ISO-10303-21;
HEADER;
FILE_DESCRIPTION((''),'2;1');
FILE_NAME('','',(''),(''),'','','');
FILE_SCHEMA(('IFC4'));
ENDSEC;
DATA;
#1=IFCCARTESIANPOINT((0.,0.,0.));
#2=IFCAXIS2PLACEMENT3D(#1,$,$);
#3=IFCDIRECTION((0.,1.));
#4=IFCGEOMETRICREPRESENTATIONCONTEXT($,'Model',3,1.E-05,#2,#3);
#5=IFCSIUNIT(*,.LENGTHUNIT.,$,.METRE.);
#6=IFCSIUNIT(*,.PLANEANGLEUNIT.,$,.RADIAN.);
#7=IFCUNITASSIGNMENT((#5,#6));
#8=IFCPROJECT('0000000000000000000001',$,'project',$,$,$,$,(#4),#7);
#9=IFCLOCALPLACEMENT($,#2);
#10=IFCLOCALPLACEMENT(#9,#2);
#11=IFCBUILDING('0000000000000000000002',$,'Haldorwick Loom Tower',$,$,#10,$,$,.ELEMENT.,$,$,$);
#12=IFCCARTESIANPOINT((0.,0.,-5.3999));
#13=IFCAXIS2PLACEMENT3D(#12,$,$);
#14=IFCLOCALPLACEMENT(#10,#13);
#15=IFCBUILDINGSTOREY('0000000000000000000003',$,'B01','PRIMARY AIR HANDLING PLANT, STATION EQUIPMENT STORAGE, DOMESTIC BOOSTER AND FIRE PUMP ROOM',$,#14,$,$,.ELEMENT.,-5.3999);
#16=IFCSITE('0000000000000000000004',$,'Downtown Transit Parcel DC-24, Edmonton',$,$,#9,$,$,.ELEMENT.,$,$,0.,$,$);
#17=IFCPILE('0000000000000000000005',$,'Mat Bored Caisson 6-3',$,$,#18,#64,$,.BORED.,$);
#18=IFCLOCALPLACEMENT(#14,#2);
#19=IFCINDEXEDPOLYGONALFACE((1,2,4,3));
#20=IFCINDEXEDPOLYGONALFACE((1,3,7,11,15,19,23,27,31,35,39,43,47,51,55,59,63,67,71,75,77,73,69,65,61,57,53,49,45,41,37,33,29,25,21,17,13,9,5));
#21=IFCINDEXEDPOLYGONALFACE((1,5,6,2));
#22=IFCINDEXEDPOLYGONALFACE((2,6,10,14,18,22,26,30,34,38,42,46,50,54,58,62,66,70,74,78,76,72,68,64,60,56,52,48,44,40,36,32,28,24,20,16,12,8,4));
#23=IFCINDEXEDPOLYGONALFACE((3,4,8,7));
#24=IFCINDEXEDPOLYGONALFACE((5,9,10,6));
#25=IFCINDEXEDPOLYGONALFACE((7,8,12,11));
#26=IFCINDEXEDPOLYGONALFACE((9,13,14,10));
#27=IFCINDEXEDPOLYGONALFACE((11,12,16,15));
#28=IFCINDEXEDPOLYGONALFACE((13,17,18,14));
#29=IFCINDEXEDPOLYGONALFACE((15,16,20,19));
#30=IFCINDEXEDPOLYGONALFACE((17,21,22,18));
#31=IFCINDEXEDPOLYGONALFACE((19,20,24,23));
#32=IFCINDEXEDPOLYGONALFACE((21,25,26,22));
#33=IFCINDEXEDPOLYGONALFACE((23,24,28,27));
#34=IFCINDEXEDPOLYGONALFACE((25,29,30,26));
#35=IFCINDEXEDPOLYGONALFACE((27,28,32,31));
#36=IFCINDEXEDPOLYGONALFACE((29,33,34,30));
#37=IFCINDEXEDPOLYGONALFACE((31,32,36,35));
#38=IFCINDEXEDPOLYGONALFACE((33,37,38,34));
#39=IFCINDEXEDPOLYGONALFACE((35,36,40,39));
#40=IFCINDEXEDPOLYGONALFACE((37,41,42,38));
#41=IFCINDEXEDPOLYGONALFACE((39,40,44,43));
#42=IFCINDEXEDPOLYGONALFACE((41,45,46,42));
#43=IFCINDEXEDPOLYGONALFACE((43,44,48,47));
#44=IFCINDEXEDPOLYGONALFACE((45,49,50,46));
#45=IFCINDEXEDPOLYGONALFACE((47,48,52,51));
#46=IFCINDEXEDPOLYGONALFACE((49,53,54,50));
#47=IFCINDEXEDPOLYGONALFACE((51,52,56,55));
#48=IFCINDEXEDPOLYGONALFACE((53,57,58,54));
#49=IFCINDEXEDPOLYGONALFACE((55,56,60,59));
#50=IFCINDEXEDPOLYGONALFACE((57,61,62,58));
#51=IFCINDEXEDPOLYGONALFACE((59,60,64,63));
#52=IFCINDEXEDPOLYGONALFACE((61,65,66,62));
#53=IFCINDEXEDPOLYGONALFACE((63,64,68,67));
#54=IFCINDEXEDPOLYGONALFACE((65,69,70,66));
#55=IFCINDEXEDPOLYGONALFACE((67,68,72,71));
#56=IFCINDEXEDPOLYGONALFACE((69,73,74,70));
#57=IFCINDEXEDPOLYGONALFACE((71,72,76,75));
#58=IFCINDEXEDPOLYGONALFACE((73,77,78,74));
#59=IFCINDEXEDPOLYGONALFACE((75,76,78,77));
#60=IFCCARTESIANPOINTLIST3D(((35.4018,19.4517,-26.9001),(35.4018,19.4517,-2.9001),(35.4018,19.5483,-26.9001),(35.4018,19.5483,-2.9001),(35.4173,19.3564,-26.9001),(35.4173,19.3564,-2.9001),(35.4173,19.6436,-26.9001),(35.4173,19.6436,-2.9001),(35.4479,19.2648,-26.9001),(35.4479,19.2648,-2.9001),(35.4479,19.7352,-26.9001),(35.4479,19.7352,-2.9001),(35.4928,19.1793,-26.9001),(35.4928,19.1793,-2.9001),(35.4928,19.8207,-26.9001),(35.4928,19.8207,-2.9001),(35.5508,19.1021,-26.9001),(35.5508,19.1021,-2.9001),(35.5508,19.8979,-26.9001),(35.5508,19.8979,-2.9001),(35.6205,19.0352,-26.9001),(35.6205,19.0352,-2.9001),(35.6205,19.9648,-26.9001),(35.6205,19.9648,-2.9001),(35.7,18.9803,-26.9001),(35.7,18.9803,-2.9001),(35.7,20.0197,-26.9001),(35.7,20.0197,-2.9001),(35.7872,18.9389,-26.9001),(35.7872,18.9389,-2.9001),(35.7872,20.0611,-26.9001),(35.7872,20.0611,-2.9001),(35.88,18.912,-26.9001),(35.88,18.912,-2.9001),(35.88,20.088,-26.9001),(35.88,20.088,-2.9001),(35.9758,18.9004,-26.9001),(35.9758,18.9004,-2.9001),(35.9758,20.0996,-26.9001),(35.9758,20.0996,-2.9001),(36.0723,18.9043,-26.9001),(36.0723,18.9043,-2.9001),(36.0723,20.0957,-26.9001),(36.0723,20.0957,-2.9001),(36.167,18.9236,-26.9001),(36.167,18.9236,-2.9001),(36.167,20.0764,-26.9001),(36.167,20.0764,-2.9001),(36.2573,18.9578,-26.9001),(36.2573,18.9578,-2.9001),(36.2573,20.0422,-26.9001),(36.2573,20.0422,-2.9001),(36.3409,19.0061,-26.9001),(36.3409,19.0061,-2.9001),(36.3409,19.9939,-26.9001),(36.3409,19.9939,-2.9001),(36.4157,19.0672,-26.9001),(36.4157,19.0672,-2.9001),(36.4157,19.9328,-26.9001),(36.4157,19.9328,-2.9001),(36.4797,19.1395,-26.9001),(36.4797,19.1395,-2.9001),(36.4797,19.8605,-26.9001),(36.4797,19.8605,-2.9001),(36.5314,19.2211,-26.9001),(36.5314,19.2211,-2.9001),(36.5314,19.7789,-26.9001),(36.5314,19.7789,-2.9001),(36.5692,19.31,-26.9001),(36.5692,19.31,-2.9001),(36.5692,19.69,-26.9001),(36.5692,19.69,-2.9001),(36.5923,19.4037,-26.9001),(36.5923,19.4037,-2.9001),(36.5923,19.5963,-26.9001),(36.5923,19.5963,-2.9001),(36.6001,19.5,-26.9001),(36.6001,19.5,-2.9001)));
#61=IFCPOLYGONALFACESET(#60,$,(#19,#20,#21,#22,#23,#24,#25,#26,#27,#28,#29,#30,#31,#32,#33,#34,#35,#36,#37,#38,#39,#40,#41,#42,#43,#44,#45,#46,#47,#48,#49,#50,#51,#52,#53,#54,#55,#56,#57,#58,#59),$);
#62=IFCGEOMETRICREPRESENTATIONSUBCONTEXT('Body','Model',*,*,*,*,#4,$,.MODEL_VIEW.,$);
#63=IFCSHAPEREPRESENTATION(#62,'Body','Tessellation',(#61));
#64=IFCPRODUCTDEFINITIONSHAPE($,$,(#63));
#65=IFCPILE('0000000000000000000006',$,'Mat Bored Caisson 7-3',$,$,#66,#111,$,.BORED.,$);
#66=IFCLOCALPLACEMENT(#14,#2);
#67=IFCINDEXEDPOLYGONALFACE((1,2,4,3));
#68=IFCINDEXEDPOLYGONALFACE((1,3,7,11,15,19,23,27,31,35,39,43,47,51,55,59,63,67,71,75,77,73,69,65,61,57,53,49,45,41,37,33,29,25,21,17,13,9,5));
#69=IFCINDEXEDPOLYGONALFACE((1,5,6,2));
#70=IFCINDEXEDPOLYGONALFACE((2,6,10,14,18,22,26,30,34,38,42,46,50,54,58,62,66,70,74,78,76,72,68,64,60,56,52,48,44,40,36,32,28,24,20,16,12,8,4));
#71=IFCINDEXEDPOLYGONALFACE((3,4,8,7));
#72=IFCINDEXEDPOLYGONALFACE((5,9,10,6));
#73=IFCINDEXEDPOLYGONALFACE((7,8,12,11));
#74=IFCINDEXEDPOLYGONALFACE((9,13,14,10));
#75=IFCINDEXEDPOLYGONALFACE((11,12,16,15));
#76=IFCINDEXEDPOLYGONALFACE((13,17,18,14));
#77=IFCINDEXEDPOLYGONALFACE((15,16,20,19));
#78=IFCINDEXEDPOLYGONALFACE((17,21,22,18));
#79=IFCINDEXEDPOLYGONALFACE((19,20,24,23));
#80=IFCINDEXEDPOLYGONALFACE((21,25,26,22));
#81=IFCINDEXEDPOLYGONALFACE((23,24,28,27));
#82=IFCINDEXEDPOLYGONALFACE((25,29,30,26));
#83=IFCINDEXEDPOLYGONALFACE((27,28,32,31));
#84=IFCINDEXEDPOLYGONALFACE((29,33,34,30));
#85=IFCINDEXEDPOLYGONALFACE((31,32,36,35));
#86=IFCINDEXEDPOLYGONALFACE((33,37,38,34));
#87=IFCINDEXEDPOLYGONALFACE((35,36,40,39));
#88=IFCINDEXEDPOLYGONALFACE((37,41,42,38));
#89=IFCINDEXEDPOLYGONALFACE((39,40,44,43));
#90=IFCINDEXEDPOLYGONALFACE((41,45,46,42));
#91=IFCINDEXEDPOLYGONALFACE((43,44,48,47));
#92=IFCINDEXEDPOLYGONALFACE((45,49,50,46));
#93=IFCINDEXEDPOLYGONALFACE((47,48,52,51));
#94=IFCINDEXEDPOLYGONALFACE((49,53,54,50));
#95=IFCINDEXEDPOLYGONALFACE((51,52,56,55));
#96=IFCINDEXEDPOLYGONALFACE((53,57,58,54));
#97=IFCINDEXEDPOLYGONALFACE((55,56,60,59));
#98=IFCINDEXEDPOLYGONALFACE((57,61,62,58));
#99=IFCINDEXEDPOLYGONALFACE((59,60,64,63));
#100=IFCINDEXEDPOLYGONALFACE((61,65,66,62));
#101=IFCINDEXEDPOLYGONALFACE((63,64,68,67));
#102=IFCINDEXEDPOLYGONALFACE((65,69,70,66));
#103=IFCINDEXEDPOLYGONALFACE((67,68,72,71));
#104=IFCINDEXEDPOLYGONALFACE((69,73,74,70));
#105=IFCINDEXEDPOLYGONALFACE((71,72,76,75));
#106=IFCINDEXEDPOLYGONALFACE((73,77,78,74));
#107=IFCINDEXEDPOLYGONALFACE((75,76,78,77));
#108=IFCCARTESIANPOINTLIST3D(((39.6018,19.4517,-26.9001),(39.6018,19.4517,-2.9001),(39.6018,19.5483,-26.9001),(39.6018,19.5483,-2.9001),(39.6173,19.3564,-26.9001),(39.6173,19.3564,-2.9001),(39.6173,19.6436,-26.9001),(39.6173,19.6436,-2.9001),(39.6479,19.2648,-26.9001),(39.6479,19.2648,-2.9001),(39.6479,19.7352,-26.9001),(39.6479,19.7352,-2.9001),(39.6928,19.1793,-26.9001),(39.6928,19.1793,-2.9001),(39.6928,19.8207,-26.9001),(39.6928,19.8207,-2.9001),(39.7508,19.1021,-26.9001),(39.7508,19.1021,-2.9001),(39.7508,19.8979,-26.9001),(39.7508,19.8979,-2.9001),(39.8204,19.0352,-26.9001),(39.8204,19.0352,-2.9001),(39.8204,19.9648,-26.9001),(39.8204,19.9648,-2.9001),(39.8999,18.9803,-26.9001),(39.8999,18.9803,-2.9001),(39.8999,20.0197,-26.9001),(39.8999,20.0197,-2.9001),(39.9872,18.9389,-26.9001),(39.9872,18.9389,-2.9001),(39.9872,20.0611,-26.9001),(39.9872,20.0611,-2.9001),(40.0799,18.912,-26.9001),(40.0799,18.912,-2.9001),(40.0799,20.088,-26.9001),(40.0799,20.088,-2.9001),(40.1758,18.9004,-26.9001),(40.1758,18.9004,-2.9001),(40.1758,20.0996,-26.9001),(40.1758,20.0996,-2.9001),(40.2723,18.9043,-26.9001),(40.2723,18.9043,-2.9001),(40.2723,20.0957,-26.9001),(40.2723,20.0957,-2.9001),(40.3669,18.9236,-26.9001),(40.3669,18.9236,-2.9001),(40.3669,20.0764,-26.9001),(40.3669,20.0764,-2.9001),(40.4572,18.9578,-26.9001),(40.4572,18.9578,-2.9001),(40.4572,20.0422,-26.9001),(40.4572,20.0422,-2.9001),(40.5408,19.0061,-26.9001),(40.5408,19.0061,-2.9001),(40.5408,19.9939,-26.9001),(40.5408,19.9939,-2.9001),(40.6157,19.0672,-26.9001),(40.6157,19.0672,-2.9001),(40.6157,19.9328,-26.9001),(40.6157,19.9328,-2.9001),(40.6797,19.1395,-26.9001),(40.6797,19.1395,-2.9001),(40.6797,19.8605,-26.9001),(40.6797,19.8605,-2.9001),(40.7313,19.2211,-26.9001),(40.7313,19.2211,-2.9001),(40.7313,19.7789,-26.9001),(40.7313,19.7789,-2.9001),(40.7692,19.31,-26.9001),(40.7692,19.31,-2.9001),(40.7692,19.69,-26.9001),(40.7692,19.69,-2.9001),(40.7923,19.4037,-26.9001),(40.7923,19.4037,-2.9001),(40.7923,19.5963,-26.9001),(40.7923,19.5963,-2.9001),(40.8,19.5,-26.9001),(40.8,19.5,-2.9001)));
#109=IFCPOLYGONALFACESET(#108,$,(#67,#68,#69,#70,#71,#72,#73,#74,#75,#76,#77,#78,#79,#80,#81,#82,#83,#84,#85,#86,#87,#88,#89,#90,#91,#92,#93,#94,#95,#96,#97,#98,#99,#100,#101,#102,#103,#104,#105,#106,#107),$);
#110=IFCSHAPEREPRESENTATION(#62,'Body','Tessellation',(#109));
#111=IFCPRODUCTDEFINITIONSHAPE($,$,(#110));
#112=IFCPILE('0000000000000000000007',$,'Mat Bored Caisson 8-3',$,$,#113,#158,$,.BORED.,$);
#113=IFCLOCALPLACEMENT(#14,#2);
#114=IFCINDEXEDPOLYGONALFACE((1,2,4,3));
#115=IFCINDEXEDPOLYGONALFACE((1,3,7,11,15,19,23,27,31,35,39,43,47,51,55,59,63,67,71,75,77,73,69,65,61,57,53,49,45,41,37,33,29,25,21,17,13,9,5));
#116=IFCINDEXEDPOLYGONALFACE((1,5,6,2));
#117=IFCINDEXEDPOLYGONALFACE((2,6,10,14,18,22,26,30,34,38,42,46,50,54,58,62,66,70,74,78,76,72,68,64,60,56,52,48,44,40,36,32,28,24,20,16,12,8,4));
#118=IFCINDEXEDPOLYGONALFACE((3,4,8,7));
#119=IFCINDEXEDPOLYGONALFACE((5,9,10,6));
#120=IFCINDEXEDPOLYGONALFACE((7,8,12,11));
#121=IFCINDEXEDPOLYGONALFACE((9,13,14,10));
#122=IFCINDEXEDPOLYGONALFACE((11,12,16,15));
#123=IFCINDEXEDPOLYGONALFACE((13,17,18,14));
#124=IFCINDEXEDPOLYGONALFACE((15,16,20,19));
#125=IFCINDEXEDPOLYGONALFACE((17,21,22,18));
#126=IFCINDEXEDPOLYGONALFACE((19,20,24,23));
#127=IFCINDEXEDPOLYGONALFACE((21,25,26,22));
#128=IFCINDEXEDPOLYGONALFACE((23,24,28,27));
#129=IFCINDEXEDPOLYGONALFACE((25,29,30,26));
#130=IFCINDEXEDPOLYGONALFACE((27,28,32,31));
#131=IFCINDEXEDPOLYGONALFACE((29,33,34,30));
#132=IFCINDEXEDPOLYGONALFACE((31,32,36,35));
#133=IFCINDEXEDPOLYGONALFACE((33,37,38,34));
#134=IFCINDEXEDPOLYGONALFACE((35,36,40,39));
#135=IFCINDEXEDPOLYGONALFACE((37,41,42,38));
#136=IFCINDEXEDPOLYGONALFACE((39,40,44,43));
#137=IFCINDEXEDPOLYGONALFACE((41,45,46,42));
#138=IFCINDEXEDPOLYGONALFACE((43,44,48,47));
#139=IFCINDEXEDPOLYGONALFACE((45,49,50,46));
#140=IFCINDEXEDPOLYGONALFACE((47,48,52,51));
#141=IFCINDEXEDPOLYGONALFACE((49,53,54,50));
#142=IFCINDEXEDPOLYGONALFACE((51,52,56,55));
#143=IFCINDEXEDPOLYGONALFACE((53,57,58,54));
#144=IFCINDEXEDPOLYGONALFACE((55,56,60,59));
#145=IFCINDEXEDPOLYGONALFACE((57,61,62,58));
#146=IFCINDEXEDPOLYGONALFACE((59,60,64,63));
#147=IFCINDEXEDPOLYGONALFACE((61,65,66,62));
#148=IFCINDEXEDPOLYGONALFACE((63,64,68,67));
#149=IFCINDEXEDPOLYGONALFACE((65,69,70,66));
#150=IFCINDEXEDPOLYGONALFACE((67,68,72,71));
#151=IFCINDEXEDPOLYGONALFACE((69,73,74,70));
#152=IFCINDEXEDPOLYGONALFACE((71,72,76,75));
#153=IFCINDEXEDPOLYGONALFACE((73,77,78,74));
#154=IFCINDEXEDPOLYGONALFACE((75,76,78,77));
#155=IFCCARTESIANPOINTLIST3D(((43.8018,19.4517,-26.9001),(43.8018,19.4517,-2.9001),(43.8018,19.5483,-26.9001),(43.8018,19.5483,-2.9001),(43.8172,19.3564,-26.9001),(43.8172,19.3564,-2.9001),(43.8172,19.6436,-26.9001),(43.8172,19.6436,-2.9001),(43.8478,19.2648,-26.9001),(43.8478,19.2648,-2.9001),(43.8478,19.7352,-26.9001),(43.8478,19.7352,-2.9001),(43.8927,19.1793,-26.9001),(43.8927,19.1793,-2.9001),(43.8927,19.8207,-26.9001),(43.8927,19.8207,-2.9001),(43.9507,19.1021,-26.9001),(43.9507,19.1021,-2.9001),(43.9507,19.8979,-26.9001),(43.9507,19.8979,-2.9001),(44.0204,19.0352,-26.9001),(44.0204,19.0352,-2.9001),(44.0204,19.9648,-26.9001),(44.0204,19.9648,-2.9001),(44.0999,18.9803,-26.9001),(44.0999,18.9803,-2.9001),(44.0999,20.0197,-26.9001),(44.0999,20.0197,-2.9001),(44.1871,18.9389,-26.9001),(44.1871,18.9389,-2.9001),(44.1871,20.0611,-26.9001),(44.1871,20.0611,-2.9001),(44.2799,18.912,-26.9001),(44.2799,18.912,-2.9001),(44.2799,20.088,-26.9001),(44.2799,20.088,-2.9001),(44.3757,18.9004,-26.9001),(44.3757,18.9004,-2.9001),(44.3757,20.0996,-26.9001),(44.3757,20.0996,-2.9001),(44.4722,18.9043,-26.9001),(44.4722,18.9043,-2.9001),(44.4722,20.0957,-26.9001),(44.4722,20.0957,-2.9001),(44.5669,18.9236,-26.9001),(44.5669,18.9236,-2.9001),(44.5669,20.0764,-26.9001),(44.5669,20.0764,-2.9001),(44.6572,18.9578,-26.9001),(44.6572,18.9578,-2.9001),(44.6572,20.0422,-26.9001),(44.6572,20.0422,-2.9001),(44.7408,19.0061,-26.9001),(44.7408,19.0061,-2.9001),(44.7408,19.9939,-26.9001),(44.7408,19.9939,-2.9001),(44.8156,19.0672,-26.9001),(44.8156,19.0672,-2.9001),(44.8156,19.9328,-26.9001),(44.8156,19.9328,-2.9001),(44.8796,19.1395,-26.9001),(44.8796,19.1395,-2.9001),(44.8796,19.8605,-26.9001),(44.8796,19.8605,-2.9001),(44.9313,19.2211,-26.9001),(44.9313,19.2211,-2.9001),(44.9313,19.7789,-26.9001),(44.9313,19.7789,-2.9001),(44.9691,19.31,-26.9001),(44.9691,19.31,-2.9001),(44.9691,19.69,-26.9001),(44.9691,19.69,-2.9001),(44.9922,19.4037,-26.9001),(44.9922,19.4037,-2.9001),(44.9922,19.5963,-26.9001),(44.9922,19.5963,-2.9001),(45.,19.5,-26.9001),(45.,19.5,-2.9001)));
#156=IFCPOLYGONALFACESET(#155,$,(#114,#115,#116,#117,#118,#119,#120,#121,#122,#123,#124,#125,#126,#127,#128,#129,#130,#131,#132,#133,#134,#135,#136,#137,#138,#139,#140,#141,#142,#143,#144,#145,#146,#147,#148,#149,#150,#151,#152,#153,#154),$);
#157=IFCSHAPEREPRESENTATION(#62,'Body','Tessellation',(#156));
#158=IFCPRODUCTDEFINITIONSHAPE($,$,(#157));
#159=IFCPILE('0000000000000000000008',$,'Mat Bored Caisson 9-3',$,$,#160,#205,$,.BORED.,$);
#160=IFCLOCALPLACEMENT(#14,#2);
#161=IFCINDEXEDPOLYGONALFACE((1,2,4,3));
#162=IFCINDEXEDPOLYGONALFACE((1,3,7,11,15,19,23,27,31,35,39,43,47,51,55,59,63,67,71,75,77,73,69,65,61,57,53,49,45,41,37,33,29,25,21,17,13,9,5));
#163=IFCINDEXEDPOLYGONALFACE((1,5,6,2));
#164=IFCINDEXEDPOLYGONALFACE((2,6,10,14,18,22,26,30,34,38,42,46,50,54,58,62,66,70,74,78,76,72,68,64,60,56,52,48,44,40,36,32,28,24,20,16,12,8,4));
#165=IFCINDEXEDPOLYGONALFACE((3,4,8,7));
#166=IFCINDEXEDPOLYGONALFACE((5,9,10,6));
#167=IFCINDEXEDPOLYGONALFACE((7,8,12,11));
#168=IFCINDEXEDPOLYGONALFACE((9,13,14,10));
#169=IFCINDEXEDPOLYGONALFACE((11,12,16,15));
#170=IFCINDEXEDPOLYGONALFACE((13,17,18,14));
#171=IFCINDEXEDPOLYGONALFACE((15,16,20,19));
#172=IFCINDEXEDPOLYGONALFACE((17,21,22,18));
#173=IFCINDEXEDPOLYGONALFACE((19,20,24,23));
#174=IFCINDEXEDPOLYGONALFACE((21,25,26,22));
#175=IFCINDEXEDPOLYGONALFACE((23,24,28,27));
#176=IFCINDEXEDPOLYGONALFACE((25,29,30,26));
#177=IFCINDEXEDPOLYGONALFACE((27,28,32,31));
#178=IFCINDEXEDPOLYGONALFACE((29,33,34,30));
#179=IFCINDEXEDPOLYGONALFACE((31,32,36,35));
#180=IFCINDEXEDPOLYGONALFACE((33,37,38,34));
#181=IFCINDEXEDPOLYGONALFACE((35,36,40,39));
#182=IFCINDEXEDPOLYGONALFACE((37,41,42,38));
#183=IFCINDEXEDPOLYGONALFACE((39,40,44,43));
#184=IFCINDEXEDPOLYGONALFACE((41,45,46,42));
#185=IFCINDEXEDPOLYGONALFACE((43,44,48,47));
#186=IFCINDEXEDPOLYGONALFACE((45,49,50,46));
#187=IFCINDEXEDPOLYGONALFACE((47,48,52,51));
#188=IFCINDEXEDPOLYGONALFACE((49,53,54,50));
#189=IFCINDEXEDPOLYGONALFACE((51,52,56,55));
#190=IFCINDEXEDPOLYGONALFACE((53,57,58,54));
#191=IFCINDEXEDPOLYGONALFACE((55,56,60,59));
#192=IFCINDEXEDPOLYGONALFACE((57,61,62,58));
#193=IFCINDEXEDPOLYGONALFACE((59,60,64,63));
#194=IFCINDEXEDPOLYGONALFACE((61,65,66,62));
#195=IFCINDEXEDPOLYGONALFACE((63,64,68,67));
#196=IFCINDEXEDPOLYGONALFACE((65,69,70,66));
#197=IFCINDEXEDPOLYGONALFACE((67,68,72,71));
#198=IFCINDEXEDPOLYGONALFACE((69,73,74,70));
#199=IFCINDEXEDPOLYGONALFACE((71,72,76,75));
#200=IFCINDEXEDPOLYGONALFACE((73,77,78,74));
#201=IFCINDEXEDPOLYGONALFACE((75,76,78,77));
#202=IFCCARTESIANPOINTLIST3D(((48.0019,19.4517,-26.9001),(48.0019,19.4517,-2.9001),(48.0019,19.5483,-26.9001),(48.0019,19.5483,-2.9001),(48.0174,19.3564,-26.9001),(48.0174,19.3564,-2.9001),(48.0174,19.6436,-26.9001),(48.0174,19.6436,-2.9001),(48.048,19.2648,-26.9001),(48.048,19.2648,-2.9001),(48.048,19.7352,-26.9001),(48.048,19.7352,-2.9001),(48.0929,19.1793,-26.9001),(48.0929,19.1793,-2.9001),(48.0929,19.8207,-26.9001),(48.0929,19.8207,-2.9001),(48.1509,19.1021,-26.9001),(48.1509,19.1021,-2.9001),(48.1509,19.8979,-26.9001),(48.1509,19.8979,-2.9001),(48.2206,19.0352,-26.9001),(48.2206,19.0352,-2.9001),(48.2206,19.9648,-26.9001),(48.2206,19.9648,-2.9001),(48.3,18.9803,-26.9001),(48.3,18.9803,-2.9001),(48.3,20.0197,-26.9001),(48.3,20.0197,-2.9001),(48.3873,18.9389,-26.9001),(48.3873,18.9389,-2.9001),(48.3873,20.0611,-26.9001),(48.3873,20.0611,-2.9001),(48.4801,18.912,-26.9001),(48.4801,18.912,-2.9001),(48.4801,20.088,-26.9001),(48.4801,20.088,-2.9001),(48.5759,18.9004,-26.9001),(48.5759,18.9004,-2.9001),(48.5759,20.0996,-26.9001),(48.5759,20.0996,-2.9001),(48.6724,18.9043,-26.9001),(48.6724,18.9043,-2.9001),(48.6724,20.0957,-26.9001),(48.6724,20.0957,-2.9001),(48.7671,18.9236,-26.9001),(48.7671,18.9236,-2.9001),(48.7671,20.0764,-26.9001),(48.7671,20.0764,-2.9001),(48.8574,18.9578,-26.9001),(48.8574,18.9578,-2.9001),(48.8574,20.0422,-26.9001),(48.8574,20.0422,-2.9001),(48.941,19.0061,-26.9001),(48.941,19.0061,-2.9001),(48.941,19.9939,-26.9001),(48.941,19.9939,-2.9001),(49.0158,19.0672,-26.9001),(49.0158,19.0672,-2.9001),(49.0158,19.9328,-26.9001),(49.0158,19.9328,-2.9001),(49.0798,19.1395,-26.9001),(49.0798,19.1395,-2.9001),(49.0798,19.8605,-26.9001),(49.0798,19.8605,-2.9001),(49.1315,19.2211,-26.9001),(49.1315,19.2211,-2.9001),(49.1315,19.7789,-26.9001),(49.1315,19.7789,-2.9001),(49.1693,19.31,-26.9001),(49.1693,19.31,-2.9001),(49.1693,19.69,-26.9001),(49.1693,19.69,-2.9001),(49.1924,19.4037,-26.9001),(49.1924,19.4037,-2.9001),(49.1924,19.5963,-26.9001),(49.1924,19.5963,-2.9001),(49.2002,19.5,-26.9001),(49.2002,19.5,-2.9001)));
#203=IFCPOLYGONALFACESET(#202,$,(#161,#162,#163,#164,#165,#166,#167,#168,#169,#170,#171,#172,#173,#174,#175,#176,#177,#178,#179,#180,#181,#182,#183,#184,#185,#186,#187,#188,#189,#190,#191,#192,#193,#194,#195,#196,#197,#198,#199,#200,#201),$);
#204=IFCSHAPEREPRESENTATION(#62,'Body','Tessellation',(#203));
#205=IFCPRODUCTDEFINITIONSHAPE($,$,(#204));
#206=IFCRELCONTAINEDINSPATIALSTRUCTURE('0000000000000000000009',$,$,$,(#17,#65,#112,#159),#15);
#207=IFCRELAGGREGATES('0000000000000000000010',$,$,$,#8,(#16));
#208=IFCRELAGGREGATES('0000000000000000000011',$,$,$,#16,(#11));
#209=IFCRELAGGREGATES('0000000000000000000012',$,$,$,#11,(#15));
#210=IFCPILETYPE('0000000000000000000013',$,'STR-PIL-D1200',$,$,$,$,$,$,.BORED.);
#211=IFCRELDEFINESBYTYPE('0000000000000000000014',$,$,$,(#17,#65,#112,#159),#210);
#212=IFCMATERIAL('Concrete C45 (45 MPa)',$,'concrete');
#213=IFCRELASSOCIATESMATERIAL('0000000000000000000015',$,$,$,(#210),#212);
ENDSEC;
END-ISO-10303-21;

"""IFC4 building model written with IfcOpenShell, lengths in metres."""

from ifc_helpers import new_model, si_unit, direction, frame, origin, origin_2d, place, context, subcontext, project, spatial, circle, extrude, material, material_profile, profile_set, type_object, element, save


model = new_model("IFC4")

# Units and contexts
model_context = context("Model", 3, precision=1e-05, world=origin(), true_north=direction((0.0, 1.0)))
body_context = subcontext(model_context, "Body", "Model", "MODEL_VIEW")
ifc_project = project(units=[si_unit("LENGTHUNIT", "METRE"), si_unit("PLANEANGLEUNIT", "RADIAN")], contexts=[model_context])

# Site, building, storey
site_placement = place(None, origin())
site = spatial("IfcSite", under=ifc_project, at=site_placement, Name="Downtown Transit Parcel DC-24, Edmonton", CompositionType="ELEMENT", RefElevation=0.0)
building_placement = place(site_placement, origin())
building = spatial("IfcBuilding", under=site, at=building_placement, Name="Haldorwick Loom Tower", CompositionType="ELEMENT")
storey_placement = place(building_placement, frame((0.0, 0.0, -5.3999)))
storey = spatial("IfcBuildingStorey", under=building, at=storey_placement, Name="B01", Description="PRIMARY AIR HANDLING PLANT, STATION EQUIPMENT STORAGE, DOMESTIC BOOSTER AND FIRE PUMP ROOM", CompositionType="ELEMENT", Elevation=-5.3999)

# Piles
ifc_material_1 = material(Name="Concrete C45 (45 MPa)", Category="concrete")
ifc_material_profile_1 = material_profile(ifc_material_1, circle(Radius=0.6001, at=origin_2d()), Name="CAISSON_D1200", Category="concrete")
ifc_profile_set_1 = profile_set([ifc_material_profile_1], Name="Concrete C45 (45 MPa)")
pile_type_1 = type_object("IfcPileType", Name="STR-PIL-D1200", PredefinedType="BORED", material=ifc_profile_set_1)
for number, where, z_axis, x_axis, name in (
    (1, (36.0, 19.5, -2.9001), (0.0, 0.0, -1.0), (1.0, 0.0, 0.0), "Mat Bored Caisson 6-3"),
    (2, (40.2, 19.5, -2.9001), (0.0, 0.0, -1.0), (1.0, 0.0, 0.0), "Mat Bored Caisson 7-3"),
    (3, (44.3999, 19.5, -2.9001), (0.0, 0.0, -1.0), (1.0, 0.0, 0.0), "Mat Bored Caisson 8-3"),
    (4, (48.6001, 19.5, -2.9001), (0.0, 0.0, -1.0), (1.0, 0.0, 0.0), "Mat Bored Caisson 9-3"),
):
    element("IfcPile", number, at=place(storey_placement, frame(where, z_axis=z_axis, x_axis=x_axis)), inside=storey, type_object=pile_type_1, Name=name, PredefinedType="BORED", context=body_context, shape_type="SweptSolid", body=[
        extrude(circle(Radius=0.6001, at=origin_2d()), origin(), (0.0, 0.0, 1.0), 24.0),
    ])

save(model, "model.ifc")
